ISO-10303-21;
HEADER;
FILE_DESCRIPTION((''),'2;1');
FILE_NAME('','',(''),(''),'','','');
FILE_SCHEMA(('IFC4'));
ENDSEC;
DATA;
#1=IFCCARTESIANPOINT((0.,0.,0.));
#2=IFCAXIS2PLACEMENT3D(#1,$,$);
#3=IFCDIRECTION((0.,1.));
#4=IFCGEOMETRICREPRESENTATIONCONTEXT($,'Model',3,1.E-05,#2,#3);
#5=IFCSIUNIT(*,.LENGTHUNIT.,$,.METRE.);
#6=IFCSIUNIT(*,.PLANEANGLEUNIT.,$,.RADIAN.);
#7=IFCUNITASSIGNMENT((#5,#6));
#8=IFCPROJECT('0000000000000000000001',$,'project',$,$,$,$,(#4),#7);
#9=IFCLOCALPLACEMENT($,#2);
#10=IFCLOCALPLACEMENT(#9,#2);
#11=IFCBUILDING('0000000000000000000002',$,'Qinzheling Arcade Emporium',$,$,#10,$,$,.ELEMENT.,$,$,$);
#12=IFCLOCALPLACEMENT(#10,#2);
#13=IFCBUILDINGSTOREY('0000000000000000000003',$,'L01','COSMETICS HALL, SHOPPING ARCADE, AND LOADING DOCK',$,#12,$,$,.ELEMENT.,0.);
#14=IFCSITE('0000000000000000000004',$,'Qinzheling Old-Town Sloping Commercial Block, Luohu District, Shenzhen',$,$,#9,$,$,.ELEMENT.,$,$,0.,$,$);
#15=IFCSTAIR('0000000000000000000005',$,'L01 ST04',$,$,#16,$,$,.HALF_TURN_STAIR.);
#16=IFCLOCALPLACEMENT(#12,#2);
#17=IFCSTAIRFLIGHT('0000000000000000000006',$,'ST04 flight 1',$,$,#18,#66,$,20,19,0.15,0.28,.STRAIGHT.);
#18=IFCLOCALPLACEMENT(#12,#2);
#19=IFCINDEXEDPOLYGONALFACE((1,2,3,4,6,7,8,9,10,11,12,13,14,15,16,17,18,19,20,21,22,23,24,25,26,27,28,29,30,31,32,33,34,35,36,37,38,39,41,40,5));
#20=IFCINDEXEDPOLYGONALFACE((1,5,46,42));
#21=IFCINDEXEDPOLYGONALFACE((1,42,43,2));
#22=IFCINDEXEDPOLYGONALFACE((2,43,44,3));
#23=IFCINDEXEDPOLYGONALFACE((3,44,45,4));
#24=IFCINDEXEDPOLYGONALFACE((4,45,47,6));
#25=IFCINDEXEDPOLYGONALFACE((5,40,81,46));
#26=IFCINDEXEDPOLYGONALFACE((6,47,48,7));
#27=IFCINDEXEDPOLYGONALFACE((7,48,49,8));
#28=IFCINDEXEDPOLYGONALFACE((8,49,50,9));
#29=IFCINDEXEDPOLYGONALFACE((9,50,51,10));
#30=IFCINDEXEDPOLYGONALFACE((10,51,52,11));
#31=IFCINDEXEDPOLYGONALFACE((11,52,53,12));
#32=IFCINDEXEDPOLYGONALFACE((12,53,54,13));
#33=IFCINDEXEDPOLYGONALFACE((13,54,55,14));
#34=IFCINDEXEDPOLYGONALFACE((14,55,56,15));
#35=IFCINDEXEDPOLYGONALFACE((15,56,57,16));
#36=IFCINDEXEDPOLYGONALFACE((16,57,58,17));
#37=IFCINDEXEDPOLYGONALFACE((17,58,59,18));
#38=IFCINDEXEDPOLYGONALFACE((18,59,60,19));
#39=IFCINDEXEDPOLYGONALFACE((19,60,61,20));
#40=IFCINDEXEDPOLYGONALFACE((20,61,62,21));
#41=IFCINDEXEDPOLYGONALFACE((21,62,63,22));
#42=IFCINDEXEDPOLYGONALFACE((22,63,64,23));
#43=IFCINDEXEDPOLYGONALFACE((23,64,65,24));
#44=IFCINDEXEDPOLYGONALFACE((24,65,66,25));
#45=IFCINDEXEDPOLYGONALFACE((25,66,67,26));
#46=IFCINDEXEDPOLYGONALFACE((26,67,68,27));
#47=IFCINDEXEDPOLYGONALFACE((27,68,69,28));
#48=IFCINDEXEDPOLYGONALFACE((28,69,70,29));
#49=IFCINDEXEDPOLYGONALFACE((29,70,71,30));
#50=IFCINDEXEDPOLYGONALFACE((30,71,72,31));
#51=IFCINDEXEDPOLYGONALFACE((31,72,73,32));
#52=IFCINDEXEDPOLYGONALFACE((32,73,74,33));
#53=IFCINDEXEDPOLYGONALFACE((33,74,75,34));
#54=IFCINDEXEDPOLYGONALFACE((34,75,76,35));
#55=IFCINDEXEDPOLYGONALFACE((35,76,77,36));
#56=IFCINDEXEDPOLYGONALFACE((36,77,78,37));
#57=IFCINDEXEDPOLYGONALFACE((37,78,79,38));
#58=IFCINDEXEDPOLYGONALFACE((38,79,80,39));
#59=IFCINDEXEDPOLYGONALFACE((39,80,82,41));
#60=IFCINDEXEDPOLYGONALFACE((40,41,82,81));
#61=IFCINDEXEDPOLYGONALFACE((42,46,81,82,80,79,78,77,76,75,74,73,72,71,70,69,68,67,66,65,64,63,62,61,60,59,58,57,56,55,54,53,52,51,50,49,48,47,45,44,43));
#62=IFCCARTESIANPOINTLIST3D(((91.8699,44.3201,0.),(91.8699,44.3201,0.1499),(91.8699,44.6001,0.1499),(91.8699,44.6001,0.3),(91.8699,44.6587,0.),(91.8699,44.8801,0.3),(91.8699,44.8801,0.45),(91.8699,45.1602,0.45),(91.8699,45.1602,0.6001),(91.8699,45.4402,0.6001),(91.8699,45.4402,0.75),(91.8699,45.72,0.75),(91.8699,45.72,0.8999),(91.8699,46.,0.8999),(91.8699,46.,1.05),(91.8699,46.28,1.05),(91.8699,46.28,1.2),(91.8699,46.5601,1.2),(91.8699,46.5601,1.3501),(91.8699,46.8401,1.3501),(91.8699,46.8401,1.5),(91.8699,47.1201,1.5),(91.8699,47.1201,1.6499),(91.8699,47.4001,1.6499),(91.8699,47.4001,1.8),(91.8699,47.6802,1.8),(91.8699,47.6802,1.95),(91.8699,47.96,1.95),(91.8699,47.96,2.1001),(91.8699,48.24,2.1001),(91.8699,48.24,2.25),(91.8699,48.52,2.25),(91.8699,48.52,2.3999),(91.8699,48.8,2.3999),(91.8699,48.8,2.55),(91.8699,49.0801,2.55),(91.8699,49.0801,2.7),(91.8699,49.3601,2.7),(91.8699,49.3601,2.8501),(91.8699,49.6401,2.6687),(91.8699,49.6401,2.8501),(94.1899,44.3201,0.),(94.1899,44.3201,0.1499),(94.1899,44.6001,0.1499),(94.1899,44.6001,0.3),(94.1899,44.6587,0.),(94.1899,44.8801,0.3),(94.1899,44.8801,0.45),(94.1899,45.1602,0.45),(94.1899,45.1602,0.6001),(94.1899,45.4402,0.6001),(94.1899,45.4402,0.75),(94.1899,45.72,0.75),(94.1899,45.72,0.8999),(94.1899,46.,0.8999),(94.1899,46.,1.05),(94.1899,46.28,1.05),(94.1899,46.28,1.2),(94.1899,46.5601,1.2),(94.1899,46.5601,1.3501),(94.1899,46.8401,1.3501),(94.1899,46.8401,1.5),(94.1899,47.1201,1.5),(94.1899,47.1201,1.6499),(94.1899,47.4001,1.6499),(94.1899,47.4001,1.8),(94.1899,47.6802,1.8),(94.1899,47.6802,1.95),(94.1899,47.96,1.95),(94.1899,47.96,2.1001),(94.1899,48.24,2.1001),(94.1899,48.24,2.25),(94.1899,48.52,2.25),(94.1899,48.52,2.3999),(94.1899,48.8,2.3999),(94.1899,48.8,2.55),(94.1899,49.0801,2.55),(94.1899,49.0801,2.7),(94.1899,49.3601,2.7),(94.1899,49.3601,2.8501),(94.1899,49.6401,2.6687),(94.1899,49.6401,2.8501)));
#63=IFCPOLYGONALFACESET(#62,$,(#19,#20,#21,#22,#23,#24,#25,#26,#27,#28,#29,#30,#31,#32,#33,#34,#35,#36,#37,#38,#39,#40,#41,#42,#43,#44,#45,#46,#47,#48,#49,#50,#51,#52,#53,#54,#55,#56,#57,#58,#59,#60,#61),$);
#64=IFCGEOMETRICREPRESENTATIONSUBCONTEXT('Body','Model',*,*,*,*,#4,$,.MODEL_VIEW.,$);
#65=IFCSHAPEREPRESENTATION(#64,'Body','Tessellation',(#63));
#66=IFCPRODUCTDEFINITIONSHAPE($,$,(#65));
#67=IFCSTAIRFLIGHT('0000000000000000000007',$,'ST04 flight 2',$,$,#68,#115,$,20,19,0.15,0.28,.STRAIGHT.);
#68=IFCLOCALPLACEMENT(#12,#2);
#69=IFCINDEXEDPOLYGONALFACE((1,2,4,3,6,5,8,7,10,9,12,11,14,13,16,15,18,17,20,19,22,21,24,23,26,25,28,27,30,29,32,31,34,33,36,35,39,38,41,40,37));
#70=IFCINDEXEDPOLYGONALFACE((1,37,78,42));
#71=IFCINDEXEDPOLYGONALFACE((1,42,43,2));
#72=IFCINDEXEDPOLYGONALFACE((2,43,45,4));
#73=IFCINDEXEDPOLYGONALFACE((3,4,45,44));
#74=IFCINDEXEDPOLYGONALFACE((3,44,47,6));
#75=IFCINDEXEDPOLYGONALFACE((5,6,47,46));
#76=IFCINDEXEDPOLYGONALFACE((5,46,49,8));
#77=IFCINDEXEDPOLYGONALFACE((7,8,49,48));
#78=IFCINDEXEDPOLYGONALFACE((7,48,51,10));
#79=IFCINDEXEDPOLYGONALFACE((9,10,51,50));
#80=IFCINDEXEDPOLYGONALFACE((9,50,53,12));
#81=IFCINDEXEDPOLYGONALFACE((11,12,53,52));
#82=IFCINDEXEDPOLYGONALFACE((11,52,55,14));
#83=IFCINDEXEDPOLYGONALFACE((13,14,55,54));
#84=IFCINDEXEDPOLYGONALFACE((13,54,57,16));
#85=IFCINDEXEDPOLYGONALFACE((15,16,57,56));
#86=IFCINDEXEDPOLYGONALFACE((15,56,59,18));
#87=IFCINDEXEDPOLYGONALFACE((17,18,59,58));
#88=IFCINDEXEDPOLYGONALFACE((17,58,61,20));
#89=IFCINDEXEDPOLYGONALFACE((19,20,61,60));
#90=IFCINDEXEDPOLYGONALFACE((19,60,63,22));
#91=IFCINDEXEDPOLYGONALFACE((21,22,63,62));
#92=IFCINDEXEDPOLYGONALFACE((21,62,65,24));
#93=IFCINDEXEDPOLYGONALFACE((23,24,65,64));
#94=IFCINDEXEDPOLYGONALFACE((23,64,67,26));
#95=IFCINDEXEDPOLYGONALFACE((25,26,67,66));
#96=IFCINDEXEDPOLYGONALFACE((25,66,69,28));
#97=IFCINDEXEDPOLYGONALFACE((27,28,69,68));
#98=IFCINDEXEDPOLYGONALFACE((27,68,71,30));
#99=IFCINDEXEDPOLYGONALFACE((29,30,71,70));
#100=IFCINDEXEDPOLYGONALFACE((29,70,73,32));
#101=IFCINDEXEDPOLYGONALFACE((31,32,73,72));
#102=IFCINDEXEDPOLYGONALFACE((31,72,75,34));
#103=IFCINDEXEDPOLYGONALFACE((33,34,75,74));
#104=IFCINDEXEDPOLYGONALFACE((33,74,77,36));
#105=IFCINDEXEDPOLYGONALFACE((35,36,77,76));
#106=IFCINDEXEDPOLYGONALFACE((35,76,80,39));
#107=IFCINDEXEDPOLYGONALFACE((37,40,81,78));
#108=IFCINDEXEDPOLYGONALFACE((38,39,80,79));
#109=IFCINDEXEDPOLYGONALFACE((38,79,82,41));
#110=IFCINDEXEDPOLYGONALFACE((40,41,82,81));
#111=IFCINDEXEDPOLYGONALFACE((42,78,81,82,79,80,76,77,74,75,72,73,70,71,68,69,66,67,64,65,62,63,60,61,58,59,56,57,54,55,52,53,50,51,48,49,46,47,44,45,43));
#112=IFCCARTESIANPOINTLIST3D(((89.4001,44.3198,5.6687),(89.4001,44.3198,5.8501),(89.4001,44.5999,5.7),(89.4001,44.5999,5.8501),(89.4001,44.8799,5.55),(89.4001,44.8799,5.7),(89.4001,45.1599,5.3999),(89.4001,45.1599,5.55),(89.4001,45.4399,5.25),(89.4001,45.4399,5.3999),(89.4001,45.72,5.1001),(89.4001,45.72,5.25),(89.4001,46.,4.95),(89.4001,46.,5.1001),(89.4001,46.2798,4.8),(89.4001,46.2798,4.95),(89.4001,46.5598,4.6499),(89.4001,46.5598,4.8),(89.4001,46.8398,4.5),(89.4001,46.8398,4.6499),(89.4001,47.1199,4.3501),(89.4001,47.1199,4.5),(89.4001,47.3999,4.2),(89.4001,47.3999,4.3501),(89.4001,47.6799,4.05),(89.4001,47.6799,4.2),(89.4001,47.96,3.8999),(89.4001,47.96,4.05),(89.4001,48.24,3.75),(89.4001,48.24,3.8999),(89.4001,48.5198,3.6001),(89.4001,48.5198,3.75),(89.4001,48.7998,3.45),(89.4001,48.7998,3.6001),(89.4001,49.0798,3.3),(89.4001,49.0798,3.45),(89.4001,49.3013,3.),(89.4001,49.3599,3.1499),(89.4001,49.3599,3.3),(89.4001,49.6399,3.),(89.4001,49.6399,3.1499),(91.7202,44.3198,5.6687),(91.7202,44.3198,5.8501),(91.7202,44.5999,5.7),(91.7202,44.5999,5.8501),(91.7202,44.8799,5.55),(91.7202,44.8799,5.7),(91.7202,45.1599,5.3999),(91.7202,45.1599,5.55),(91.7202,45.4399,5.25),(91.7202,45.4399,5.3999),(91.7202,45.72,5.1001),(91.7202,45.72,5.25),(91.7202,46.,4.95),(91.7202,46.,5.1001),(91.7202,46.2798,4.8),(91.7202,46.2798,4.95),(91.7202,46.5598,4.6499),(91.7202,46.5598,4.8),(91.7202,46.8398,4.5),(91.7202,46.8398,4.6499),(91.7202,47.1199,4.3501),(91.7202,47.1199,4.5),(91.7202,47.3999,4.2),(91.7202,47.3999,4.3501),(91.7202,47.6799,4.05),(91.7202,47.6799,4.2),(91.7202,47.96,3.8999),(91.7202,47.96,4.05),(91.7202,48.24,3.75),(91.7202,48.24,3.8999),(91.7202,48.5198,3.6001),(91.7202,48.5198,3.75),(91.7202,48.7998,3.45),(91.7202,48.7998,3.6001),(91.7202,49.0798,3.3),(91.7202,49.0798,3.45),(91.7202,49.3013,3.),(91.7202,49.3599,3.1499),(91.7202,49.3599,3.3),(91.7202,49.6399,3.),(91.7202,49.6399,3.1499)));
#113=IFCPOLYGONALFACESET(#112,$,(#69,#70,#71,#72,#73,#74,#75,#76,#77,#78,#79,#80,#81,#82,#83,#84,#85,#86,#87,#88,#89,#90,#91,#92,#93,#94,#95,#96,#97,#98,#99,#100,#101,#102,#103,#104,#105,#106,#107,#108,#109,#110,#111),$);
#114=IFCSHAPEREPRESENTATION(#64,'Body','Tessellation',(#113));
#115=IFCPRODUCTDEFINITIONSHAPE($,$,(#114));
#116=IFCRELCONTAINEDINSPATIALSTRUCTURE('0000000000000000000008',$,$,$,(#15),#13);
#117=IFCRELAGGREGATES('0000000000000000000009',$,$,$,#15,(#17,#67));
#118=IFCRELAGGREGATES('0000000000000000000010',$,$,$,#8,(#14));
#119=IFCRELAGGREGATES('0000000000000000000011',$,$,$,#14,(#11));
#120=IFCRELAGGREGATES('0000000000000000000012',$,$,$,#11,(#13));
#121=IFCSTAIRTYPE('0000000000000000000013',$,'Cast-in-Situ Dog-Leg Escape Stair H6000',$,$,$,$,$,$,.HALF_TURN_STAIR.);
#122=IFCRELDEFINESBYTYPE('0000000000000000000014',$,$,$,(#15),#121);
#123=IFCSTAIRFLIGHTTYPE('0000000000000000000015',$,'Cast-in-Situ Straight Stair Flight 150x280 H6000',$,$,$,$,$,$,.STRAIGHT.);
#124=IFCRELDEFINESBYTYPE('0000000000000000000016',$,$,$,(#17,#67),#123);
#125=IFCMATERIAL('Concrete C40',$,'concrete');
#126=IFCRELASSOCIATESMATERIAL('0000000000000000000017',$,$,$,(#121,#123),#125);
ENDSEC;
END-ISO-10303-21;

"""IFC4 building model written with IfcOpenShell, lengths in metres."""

from ifc_helpers import new_model, si_unit, direction, frame, origin, place, context, subcontext, project, spatial, polyline, outline, extrude, material, type_object, element, aggregate, save


model = new_model("IFC4")

# Units and contexts
model_context = context("Model", 3, precision=1e-05, world=origin(), true_north=direction((0.0, 1.0)))
body_context = subcontext(model_context, "Body", "Model", "MODEL_VIEW")
ifc_project = project(units=[si_unit("LENGTHUNIT", "METRE"), si_unit("PLANEANGLEUNIT", "RADIAN")], contexts=[model_context])

# Site, building, storey
site_placement = place(None, origin())
site = spatial("IfcSite", under=ifc_project, at=site_placement, Name="Qinzheling Old-Town Sloping Commercial Block, Luohu District, Shenzhen", CompositionType="ELEMENT", RefElevation=0.0)
building_placement = place(site_placement, origin())
building = spatial("IfcBuilding", under=site, at=building_placement, Name="Qinzheling Arcade Emporium", CompositionType="ELEMENT")
storey_placement = place(building_placement, origin())
storey = spatial("IfcBuildingStorey", under=building, at=storey_placement, Name="L01", Description="COSMETICS HALL, SHOPPING ARCADE, AND LOADING DOCK", CompositionType="ELEMENT", Elevation=0.0)

# Shared definitions
ifc_material_1 = material(Name="Concrete C40", Category="concrete")

# Stair, stair flights
stair_type = type_object("IfcStairType", Name="Cast-in-Situ Dog-Leg Escape Stair H6000", PredefinedType="HALF_TURN_STAIR", material=ifc_material_1)
stair_placement = place(storey_placement, origin())
stair = element("IfcStair", 1, at=stair_placement, inside=storey, type_object=stair_type, Name="L01 ST04", PredefinedType="HALF_TURN_STAIR")
stair_flight_type = type_object("IfcStairFlightType", Name="Cast-in-Situ Straight Stair Flight 150x280 H6000", PredefinedType="STRAIGHT", material=ifc_material_1)
stair_flight_1_placement = place(storey_placement, frame((93.03, 44.3201, 0.0), z_axis=(0.0, 0.0, 1.0), x_axis=(0.0, 1.0, 0.0)))
stair_flight_1 = element("IfcStairFlight", 2, at=stair_flight_1_placement, type_object=stair_flight_type, Name="ST04 flight 1", NumberOfRisers=20, NumberOfTreads=19, PredefinedType="STRAIGHT", RiserHeight=0.15, TreadLength=0.28, context=body_context, shape_type="SweptSolid", body=[
    extrude(outline(polyline([(0.0, 0.0), (0.0, 0.1499), (0.28, 0.1499), (0.28, 0.3), (0.5601, 0.3), (0.5601, 0.45), (0.8401, 0.45), (0.8401, 0.6001), (1.1201, 0.6001), (1.1201, 0.75), (1.3999, 0.75), (1.3999, 0.8999), (1.6799, 0.8999), (1.6799, 1.05), (1.96, 1.05), (1.96, 1.2), (2.24, 1.2), (2.24, 1.3501), (2.52, 1.3501), (2.52, 1.5), (2.8, 1.5), (2.8, 1.6499), (3.0801, 1.6499), (3.0801, 1.8), (3.3601, 1.8), (3.3601, 1.95), (3.6399, 1.95), (3.6399, 2.1001), (3.9199, 2.1001), (3.9199, 2.25), (4.2, 2.25), (4.2, 2.3999), (4.48, 2.3999), (4.48, 2.55), (4.76, 2.55), (4.76, 2.7), (5.04, 2.7), (5.04, 2.8501), (5.3201, 2.8501), (5.3201, 3.0), (5.3201, 2.6687), (0.3386, 0.0), (0.0, 0.0)])), frame((0.0, 1.1602, 0.0), z_axis=(0.0, -1.0, 0.0), x_axis=(1.0, 0.0, 0.0)), (0.0, 0.0, 1.0), 2.3201),
])
stair_flight_2_placement = place(storey_placement, frame((90.5601, 49.6399, 3.0), z_axis=(0.0, 0.0, 1.0), x_axis=(0.0, -1.0, 0.0)))
stair_flight_2 = element("IfcStairFlight", 3, at=stair_flight_2_placement, type_object=stair_flight_type, Name="ST04 flight 2", NumberOfRisers=20, NumberOfTreads=19, PredefinedType="STRAIGHT", RiserHeight=0.15, TreadLength=0.28, context=body_context, shape_type="SweptSolid", body=[
    extrude(outline(polyline([(0.0, 0.0), (0.0, 0.1499), (0.28, 0.1499), (0.28, 0.3), (0.5601, 0.3), (0.5601, 0.45), (0.8401, 0.45), (0.8401, 0.6001), (1.1201, 0.6001), (1.1201, 0.75), (1.3999, 0.75), (1.3999, 0.8999), (1.6799, 0.8999), (1.6799, 1.05), (1.96, 1.05), (1.96, 1.2), (2.24, 1.2), (2.24, 1.3501), (2.52, 1.3501), (2.52, 1.5), (2.8, 1.5), (2.8, 1.6499), (3.0801, 1.6499), (3.0801, 1.8), (3.3601, 1.8), (3.3601, 1.95), (3.6399, 1.95), (3.6399, 2.1001), (3.9199, 2.1001), (3.9199, 2.25), (4.2, 2.25), (4.2, 2.3999), (4.48, 2.3999), (4.48, 2.55), (4.76, 2.55), (4.76, 2.7), (5.04, 2.7), (5.04, 2.8501), (5.3201, 2.8501), (5.3201, 3.0), (5.3201, 2.6687), (0.3386, 0.0), (0.0, 0.0)])), frame((0.0, 1.1602, 0.0), z_axis=(0.0, -1.0, 0.0), x_axis=(1.0, 0.0, 0.0)), (0.0, 0.0, 1.0), 2.3201),
])
aggregate(stair, [stair_flight_1, stair_flight_2])

save(model, "model.ifc")
